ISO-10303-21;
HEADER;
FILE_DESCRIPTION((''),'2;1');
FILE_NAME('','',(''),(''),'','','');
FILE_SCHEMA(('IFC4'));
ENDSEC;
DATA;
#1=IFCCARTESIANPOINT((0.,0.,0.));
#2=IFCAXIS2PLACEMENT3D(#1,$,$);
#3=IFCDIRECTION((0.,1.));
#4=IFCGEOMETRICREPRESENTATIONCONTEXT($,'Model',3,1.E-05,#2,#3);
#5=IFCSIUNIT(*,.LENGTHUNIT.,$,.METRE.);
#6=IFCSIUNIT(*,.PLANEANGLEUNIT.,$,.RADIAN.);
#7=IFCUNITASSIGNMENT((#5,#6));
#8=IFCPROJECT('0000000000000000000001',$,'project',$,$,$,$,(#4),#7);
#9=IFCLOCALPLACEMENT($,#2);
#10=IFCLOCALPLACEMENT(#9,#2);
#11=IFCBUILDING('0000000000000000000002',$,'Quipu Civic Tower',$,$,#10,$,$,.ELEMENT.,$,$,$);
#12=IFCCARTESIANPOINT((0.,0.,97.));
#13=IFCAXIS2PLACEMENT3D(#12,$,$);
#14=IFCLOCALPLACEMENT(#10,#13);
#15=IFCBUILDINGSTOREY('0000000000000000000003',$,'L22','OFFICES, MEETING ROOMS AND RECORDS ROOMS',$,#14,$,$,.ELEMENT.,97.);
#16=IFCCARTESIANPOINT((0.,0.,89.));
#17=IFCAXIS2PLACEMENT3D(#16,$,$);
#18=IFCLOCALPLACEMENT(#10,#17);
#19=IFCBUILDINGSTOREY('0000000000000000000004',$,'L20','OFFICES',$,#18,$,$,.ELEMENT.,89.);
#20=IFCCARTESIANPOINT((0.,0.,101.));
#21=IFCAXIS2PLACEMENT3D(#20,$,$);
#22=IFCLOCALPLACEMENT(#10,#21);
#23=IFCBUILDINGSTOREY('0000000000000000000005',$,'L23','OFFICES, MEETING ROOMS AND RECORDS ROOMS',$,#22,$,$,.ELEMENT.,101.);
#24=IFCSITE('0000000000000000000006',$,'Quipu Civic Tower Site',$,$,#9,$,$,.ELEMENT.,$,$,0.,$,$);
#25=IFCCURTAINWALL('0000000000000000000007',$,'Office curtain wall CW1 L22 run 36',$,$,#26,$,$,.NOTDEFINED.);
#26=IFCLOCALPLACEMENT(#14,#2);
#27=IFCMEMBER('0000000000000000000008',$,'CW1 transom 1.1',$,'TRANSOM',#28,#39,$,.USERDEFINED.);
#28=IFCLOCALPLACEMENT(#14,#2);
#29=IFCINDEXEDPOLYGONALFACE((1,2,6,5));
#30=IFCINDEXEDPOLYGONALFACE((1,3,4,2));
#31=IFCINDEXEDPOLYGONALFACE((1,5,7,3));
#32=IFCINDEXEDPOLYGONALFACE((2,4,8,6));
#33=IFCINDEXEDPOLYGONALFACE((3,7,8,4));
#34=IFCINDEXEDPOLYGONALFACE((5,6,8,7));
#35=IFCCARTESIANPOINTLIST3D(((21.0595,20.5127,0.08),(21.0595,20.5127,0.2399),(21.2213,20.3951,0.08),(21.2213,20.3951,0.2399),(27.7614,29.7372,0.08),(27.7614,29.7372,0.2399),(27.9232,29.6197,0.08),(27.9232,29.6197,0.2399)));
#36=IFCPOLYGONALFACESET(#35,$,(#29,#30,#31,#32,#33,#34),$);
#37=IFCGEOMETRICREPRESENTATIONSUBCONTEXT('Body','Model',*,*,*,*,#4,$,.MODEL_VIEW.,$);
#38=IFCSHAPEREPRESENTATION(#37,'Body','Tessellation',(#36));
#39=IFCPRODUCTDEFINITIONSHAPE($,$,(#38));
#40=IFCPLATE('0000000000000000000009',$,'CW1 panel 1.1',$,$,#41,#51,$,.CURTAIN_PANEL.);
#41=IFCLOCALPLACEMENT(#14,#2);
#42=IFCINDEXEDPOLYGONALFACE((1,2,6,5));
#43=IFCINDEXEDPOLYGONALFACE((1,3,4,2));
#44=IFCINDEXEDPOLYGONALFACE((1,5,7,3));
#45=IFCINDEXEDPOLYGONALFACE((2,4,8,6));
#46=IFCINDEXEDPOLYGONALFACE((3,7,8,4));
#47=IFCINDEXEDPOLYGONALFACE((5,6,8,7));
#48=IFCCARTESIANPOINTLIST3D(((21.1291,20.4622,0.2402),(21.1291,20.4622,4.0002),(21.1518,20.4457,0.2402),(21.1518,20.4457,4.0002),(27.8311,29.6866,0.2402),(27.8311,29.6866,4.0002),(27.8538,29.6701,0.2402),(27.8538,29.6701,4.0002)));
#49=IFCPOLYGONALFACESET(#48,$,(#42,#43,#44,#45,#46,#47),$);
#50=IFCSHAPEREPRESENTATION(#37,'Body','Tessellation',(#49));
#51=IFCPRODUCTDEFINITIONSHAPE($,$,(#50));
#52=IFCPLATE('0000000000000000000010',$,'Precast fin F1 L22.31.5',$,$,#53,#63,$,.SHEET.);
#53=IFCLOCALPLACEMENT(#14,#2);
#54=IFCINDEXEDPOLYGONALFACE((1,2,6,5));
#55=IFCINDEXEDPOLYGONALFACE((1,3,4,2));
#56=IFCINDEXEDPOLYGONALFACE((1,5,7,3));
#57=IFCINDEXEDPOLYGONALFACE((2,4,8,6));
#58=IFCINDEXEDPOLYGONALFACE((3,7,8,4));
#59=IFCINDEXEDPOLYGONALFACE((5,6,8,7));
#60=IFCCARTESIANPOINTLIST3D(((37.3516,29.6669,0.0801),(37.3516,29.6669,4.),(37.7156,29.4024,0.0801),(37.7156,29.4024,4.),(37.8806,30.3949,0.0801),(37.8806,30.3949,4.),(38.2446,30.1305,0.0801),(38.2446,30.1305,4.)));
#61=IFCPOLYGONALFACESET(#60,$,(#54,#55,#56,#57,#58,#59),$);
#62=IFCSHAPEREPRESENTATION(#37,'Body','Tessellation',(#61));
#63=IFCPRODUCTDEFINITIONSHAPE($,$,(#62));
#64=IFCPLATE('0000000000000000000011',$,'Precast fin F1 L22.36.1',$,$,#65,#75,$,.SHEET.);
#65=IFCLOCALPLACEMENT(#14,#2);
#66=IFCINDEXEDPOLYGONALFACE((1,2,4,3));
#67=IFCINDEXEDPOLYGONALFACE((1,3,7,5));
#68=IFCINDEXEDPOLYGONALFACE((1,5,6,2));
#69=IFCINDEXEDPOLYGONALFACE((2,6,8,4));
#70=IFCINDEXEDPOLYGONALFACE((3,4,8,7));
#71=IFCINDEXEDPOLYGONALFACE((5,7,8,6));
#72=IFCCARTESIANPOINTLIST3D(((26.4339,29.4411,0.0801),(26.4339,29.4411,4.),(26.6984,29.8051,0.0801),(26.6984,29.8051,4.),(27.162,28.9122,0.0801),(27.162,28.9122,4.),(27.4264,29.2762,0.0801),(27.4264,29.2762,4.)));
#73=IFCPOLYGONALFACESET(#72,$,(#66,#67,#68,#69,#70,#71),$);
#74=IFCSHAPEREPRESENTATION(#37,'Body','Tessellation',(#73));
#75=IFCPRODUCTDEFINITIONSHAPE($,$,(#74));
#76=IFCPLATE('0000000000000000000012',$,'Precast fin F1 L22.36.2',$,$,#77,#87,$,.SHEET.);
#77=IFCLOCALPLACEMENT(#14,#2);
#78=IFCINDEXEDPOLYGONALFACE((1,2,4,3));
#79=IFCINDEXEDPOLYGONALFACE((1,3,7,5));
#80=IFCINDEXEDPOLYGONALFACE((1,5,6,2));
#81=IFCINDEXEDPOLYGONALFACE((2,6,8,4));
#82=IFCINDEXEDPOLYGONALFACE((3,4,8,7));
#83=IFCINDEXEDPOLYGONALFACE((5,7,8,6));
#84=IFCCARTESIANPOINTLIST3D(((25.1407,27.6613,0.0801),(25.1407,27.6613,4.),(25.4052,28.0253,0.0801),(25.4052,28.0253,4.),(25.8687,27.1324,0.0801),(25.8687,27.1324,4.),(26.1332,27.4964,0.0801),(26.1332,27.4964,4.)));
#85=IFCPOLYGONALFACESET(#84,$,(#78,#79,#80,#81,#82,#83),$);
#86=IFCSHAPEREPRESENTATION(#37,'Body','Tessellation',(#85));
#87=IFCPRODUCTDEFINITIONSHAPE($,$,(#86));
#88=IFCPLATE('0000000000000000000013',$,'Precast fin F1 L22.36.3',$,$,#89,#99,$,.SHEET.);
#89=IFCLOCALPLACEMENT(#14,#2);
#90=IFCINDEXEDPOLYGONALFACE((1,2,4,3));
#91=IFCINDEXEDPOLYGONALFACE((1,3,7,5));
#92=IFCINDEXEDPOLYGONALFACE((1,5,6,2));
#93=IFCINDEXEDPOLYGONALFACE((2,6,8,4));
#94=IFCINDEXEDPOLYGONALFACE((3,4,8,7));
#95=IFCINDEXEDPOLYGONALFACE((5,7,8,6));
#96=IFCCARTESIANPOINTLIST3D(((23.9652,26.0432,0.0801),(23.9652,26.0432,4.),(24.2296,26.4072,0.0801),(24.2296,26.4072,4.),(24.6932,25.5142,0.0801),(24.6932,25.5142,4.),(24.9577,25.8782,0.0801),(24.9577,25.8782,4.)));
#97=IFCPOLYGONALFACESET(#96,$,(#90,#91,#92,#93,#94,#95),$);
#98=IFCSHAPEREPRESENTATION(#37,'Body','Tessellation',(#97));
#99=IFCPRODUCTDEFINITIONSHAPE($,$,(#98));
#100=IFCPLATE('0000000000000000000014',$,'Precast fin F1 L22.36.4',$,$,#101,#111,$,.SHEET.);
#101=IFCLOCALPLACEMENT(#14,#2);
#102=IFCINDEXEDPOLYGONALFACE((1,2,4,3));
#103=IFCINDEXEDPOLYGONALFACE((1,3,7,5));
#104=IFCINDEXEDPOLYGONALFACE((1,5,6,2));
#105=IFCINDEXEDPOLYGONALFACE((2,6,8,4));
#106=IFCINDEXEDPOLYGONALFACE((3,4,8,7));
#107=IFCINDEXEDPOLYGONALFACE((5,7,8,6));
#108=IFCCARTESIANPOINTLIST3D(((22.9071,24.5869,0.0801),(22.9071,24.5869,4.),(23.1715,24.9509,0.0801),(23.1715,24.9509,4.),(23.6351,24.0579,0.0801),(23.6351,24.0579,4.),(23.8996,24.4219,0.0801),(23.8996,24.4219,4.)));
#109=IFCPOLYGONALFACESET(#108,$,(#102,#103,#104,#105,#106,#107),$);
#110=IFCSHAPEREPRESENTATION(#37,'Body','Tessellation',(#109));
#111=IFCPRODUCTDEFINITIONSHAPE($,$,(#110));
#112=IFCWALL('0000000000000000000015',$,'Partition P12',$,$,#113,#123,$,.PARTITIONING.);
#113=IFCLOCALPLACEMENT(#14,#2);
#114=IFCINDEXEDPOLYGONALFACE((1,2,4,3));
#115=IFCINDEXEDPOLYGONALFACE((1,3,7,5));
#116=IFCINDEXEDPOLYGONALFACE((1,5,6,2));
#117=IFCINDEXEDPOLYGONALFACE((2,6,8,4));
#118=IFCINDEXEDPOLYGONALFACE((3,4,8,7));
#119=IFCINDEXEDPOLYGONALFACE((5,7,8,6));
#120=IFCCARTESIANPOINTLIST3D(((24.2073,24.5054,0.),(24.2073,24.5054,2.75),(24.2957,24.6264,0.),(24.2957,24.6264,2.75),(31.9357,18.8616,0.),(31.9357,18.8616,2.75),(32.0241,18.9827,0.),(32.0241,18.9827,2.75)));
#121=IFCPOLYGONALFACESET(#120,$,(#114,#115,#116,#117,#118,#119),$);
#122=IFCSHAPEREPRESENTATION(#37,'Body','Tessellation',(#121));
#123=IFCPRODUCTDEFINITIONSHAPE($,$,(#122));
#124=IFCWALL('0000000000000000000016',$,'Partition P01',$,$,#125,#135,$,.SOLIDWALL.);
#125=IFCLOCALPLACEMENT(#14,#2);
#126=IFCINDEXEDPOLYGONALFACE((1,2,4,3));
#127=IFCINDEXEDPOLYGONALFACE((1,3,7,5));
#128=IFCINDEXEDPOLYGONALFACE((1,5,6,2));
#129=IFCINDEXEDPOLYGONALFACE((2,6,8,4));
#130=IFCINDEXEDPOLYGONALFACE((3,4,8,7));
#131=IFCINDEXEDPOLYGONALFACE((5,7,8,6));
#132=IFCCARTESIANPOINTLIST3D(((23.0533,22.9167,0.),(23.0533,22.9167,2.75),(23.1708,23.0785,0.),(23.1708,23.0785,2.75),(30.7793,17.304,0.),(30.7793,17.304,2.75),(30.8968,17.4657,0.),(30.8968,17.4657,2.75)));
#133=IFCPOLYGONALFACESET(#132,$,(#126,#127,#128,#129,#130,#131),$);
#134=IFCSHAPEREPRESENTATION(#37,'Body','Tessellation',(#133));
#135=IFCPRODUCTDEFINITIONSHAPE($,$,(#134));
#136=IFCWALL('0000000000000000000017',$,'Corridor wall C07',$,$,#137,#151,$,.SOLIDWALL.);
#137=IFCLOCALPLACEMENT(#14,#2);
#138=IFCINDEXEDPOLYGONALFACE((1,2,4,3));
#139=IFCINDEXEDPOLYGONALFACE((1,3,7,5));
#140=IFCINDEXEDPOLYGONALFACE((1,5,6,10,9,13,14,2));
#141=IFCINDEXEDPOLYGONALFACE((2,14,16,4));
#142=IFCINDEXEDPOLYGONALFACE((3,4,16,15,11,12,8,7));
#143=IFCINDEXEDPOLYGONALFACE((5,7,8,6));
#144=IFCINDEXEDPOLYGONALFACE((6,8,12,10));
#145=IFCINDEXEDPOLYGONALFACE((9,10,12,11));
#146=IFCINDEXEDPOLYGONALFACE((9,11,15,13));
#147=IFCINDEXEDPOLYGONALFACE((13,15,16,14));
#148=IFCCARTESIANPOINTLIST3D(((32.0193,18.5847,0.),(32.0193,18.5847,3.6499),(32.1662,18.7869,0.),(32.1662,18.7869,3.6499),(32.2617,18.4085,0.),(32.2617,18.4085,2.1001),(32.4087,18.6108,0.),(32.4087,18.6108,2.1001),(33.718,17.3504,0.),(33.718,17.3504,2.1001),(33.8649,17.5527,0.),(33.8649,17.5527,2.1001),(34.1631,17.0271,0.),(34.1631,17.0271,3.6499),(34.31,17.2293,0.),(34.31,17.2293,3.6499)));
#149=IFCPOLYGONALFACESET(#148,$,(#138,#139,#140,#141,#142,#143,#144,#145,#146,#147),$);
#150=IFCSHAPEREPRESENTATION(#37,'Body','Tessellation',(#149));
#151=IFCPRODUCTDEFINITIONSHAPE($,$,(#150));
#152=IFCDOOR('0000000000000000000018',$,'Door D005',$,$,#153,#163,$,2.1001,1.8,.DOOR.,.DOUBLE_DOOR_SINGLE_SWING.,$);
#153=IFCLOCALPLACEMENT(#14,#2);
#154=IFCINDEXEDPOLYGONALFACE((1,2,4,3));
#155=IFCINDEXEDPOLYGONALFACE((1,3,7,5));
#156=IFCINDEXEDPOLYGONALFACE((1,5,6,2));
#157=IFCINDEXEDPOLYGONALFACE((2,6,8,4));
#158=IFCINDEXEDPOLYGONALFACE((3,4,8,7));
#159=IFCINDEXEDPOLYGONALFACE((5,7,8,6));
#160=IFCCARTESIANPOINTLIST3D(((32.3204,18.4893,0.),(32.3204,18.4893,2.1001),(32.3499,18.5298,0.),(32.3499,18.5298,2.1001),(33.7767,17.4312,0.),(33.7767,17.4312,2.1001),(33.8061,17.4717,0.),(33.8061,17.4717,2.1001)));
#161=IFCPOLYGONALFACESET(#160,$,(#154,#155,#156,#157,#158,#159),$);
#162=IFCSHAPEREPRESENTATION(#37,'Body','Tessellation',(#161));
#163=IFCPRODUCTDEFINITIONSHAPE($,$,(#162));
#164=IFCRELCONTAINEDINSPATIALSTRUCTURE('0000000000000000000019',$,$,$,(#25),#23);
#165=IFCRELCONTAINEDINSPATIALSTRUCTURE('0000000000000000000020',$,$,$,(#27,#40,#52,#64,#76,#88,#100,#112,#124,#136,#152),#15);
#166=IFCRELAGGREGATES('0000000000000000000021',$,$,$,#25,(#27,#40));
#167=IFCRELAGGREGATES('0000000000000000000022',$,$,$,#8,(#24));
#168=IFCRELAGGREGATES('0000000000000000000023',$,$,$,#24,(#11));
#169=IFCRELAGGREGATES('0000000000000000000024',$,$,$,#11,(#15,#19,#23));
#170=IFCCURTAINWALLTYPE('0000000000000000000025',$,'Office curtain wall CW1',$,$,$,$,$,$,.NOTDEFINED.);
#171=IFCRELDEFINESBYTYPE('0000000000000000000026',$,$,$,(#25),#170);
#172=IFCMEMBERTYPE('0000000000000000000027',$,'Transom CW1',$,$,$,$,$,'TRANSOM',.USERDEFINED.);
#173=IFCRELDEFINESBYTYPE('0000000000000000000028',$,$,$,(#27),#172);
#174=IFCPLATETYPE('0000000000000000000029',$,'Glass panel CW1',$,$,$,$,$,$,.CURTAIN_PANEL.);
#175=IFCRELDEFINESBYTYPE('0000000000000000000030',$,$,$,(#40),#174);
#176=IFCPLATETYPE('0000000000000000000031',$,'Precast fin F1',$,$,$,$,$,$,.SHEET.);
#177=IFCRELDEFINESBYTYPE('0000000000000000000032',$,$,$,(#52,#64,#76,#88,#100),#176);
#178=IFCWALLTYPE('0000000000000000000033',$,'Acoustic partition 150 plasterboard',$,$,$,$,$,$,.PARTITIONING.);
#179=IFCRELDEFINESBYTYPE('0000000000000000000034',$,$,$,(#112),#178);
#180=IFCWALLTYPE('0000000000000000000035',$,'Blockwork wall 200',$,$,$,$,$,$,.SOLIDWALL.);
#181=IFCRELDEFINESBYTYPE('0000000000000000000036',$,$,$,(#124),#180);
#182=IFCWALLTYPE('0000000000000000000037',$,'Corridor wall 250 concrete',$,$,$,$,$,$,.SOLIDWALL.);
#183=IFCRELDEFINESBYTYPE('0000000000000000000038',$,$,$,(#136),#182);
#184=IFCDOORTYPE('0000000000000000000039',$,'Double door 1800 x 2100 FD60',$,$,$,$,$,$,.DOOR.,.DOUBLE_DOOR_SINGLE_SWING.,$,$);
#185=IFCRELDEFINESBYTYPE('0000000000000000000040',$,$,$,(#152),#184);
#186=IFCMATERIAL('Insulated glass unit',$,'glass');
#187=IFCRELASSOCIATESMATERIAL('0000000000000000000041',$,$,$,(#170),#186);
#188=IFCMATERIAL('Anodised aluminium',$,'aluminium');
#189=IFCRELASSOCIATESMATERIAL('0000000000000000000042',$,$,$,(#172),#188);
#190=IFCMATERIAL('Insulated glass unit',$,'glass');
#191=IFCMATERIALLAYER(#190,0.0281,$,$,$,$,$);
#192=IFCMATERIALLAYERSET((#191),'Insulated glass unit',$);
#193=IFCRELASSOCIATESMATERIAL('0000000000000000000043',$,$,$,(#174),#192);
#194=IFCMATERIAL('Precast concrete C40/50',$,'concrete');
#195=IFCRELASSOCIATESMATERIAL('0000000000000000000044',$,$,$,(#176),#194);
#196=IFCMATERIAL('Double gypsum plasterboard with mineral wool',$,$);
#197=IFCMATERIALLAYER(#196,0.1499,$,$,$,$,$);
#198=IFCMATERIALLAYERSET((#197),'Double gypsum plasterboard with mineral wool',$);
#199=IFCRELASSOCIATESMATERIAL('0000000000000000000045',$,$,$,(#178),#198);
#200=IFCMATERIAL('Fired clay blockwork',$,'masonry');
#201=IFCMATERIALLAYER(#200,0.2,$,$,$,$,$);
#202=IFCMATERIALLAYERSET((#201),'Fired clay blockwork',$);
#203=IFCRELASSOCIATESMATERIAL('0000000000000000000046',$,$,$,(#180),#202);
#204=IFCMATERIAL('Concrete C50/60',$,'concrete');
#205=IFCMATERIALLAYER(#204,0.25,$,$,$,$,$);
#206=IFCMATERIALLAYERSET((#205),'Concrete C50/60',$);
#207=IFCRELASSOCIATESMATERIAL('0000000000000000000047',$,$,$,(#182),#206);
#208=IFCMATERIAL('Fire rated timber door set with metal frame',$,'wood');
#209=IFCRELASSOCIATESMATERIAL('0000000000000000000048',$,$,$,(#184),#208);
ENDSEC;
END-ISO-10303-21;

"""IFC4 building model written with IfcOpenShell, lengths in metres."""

from ifc_helpers import new_model, si_unit, direction, frame, frame_2d, origin, origin_2d, place, context, subcontext, project, spatial, rectangle, extrude, material, layer, layer_set, material_profile, profile_set, type_object, element, fill, aggregate, save


model = new_model("IFC4")

# Units and contexts
model_context = context("Model", 3, precision=1e-05, world=origin(), true_north=direction((0.0, 1.0)))
body_context = subcontext(model_context, "Body", "Model", "MODEL_VIEW")
ifc_project = project(units=[si_unit("LENGTHUNIT", "METRE"), si_unit("PLANEANGLEUNIT", "RADIAN")], contexts=[model_context])

# Site, building, storey
site_placement = place(None, origin())
site = spatial("IfcSite", under=ifc_project, at=site_placement, Name="Quipu Civic Tower Site", CompositionType="ELEMENT", RefElevation=0.0)
building_placement = place(site_placement, origin())
building = spatial("IfcBuilding", under=site, at=building_placement, Name="Quipu Civic Tower", CompositionType="ELEMENT")
storey_1_placement = place(building_placement, frame((0.0, 0.0, 97.0)))
storey_1 = spatial("IfcBuildingStorey", under=building, at=storey_1_placement, Name="L22", Description="OFFICES, MEETING ROOMS AND RECORDS ROOMS", CompositionType="ELEMENT", Elevation=97.0)

# Shared definitions
ifc_material_1 = material(Name="Insulated glass unit", Category="glass")
curtain_wall_type = type_object("IfcCurtainWallType", Name="Office curtain wall CW1", PredefinedType="NOTDEFINED", material=ifc_material_1)

# Shared definitions
storey_2_placement = place(building_placement, frame((0.0, 0.0, 89.0)))
storey_2 = spatial("IfcBuildingStorey", under=building, at=storey_2_placement, Name="L20", Description="OFFICES", CompositionType="ELEMENT", Elevation=89.0)

# Shared definitions
ifc_material_2 = material(Name="Anodised aluminium", Category="aluminium")
ifc_material_profile_1 = material_profile(ifc_material_2, rectangle(XDim=0.2, YDim=0.1599, at=origin_2d()), Name="RECT 200x160")
ifc_profile_set_1 = profile_set([ifc_material_profile_1], Name="Anodised aluminium")
member_type_1 = type_object("IfcMemberType", Name="Transom CW1", ElementType="TRANSOM", PredefinedType="USERDEFINED", material=ifc_profile_set_1)

# Shared definitions
storey_3_placement = place(building_placement, frame((0.0, 0.0, 101.0)))
storey_3 = spatial("IfcBuildingStorey", under=building, at=storey_3_placement, Name="L23", Description="OFFICES, MEETING ROOMS AND RECORDS ROOMS", CompositionType="ELEMENT", Elevation=101.0)

# Curtain wall, member, plate
curtain_wall_1_placement = place(storey_3_placement, origin())
curtain_wall_1 = element("IfcCurtainWall", 1, at=curtain_wall_1_placement, inside=storey_3, type_object=curtain_wall_type, Name="Office curtain wall CW1 L22 run 36", PredefinedType="NOTDEFINED")
member_1_placement = place(storey_1_placement, frame((27.8423, 29.6785, 0.1599), z_axis=(-0.587776, -0.809024, 0.0), x_axis=(0.809024, -0.587776, 0.0)))
member_1 = element("IfcMember", 2, at=member_1_placement, inside=storey_1, type_object=member_type_1, Name="CW1 transom 1.1", ObjectType="TRANSOM", PredefinedType="USERDEFINED", context=body_context, shape_type="SweptSolid", body=[
    extrude(rectangle(XDim=0.2, YDim=0.1599, at=origin_2d()), origin(), (0.0, 0.0, 1.0), 11.4021),
])
ifc_material_3 = material(Name="Insulated glass unit", Category="glass")
ifc_layer_1 = layer(ifc_material_3, 0.0281)
ifc_layer_set_1 = layer_set([ifc_layer_1], Name="Insulated glass unit")
plate_type_1 = type_object("IfcPlateType", Name="Glass panel CW1", PredefinedType="CURTAIN_PANEL", material=ifc_layer_set_1)
plate_placement = place(storey_1_placement, frame((24.4915, 25.0662, 0.2402), z_axis=(0.0, 0.0, 1.0), x_axis=(-0.587789, -0.809014, 0.0)))
plate = element("IfcPlate", 3, at=plate_placement, inside=storey_1, type_object=plate_type_1, Name="CW1 panel 1.1", PredefinedType="CURTAIN_PANEL", context=body_context, shape_type="SweptSolid", body=[
    extrude(rectangle(XDim=11.4021, YDim=0.0281, at=origin_2d()), origin(), (0.0, 0.0, 1.0), 3.76),
])
aggregate(curtain_wall_1, [member_1, plate])

# Plates
ifc_material_4 = material(Name="Precast concrete C40/50", Category="concrete")
plate_type_2 = type_object("IfcPlateType", Name="Precast fin F1", PredefinedType="SHEET", material=ifc_material_4)
for number, where, z_axis, x_axis, name in (
    (4, (37.7981, 29.8987, 0.0801), (0.0, 0.0, 1.0), (-0.809017, 0.587785, 0.0), "Precast fin F1 L22.31.5"),
    (5, (26.9302, 29.3586, 0.0801), (0.0, 0.0, 1.0), (-0.587787, -0.809016, 0.0), "Precast fin F1 L22.36.1"),
    (6, (25.637, 27.5789, 0.0801), (0.0, 0.0, 1.0), (-0.587787, -0.809016, 0.0), "Precast fin F1 L22.36.2"),
    (7, (24.4614, 25.9607, 0.0801), (0.0, 0.0, 1.0), (-0.587787, -0.809016, 0.0), "Precast fin F1 L22.36.3"),
    (8, (23.4033, 24.5044, 0.0801), (0.0, 0.0, 1.0), (-0.587787, -0.809016, 0.0), "Precast fin F1 L22.36.4"),
):
    element("IfcPlate", number, at=place(storey_1_placement, frame(where, z_axis=z_axis, x_axis=x_axis)), inside=storey_1, type_object=plate_type_2, Name=name, PredefinedType="SHEET", context=body_context, shape_type="SweptSolid", body=[
        extrude(rectangle(XDim=0.45, YDim=0.8999, at=origin_2d()), origin(), (0.0, 0.0, 1.0), 3.9199),
    ])

# Walls
ifc_material_5 = material(Name="Double gypsum plasterboard with mineral wool")
ifc_layer_2 = layer(ifc_material_5, 0.1499)
ifc_layer_set_2 = layer_set([ifc_layer_2], Name="Double gypsum plasterboard with mineral wool")
wall_type_1 = type_object("IfcWallType", Name="Acoustic partition 150 plasterboard", PredefinedType="PARTITIONING", material=ifc_layer_set_2)
wall_1_placement = place(storey_1_placement, frame((24.2515, 24.5659, 0.0), z_axis=(0.0, 0.0, 1.0), x_axis=(0.807588, -0.589747, 0.0)))
element("IfcWall", 9, at=wall_1_placement, inside=storey_1, type_object=wall_type_1, Name="Partition P12", PredefinedType="PARTITIONING", context=body_context, shape_type="SweptSolid", body=[
    extrude(rectangle(XDim=9.5698, YDim=0.1499, at=frame_2d((4.7849, 0.0))), origin(), (0.0, 0.0, 1.0), 2.75),
])
ifc_material_6 = material(Name="Fired clay blockwork", Category="masonry")
ifc_layer_3 = layer(ifc_material_6, 0.2)
ifc_layer_set_3 = layer_set([ifc_layer_3], Name="Fired clay blockwork")
wall_type_2 = type_object("IfcWallType", Name="Blockwork wall 200", PredefinedType="SOLIDWALL", material=ifc_layer_set_3)
wall_2_placement = place(storey_1_placement, frame((30.8381, 17.3848, 0.0), z_axis=(0.0, 0.0, 1.0), x_axis=(-0.809043, 0.587749, 0.0)))
element("IfcWall", 10, at=wall_2_placement, inside=storey_1, type_object=wall_type_2, Name="Partition P01", PredefinedType="SOLIDWALL", context=body_context, shape_type="SweptSolid", body=[
    extrude(rectangle(XDim=9.5496, YDim=0.2, at=frame_2d((4.7749, 0.0))), origin(), (0.0, 0.0, 1.0), 2.75),
])

# Wall, opening, door
ifc_material_7 = material(Name="Concrete C50/60", Category="concrete")
ifc_layer_4 = layer(ifc_material_7, 0.25)
ifc_layer_set_4 = layer_set([ifc_layer_4], Name="Concrete C50/60")
wall_type_3 = type_object("IfcWallType", Name="Corridor wall 250 concrete", PredefinedType="SOLIDWALL", material=ifc_layer_set_4)
wall_3_placement = place(storey_1_placement, frame((32.0928, 18.6858, 0.0), z_axis=(0.0, 0.0, 1.0), x_axis=(0.809007, -0.587799, 0.0)))
wall_3 = element("IfcWall", 11, at=wall_3_placement, inside=storey_1, type_object=wall_type_3, Name="Corridor wall C07", PredefinedType="SOLIDWALL", context=body_context, shape_type="SweptSolid", body=[
    extrude(rectangle(XDim=2.6499, YDim=0.25, at=frame_2d((1.325, 0.0))), origin(), (0.0, 0.0, 1.0), 3.6499),
])
opening_1_placement = place(wall_3_placement, frame((0.2998, 0.0, 0.0)))
opening_1 = element("IfcOpeningElement", 12, at=opening_1_placement, cuts=wall_3, PredefinedType="OPENING", context=body_context, shape_type="SweptSolid", body=[
    extrude(rectangle(XDim=1.8, YDim=2.1001, at=frame_2d((0.8999, 1.05))), frame((0.0, 0.135, 0.0), z_axis=(0.0, -1.0, 0.0), x_axis=(1.0, 0.0, 0.0)), (0.0, 0.0, 1.0), 0.27),
])
ifc_material_8 = material(Name="Fire rated timber door set with metal frame", Category="wood")
door_type_1 = type_object("IfcDoorType", Name="Double door 1800 x 2100 FD60", OperationType="DOUBLE_DOOR_SINGLE_SWING", PredefinedType="DOOR", material=ifc_material_8)
door_1_placement = place(opening_1_placement, origin())
door_1 = element("IfcDoor", 13, at=door_1_placement, inside=storey_1, type_object=door_type_1, Name="Door D005", OperationType="DOUBLE_DOOR_SINGLE_SWING", OverallHeight=2.1001, OverallWidth=1.8, PredefinedType="DOOR", context=body_context, shape_type="SweptSolid", body=[
    extrude(rectangle(XDim=1.8, YDim=2.1001, at=frame_2d((0.8999, 1.05))), frame((0.0, 0.0249, 0.0), z_axis=(0.0, -1.0, 0.0), x_axis=(1.0, 0.0, 0.0)), (0.0, 0.0, 1.0), 0.05),
])
fill(opening_1, door_1)

save(model, "model.ifc")
